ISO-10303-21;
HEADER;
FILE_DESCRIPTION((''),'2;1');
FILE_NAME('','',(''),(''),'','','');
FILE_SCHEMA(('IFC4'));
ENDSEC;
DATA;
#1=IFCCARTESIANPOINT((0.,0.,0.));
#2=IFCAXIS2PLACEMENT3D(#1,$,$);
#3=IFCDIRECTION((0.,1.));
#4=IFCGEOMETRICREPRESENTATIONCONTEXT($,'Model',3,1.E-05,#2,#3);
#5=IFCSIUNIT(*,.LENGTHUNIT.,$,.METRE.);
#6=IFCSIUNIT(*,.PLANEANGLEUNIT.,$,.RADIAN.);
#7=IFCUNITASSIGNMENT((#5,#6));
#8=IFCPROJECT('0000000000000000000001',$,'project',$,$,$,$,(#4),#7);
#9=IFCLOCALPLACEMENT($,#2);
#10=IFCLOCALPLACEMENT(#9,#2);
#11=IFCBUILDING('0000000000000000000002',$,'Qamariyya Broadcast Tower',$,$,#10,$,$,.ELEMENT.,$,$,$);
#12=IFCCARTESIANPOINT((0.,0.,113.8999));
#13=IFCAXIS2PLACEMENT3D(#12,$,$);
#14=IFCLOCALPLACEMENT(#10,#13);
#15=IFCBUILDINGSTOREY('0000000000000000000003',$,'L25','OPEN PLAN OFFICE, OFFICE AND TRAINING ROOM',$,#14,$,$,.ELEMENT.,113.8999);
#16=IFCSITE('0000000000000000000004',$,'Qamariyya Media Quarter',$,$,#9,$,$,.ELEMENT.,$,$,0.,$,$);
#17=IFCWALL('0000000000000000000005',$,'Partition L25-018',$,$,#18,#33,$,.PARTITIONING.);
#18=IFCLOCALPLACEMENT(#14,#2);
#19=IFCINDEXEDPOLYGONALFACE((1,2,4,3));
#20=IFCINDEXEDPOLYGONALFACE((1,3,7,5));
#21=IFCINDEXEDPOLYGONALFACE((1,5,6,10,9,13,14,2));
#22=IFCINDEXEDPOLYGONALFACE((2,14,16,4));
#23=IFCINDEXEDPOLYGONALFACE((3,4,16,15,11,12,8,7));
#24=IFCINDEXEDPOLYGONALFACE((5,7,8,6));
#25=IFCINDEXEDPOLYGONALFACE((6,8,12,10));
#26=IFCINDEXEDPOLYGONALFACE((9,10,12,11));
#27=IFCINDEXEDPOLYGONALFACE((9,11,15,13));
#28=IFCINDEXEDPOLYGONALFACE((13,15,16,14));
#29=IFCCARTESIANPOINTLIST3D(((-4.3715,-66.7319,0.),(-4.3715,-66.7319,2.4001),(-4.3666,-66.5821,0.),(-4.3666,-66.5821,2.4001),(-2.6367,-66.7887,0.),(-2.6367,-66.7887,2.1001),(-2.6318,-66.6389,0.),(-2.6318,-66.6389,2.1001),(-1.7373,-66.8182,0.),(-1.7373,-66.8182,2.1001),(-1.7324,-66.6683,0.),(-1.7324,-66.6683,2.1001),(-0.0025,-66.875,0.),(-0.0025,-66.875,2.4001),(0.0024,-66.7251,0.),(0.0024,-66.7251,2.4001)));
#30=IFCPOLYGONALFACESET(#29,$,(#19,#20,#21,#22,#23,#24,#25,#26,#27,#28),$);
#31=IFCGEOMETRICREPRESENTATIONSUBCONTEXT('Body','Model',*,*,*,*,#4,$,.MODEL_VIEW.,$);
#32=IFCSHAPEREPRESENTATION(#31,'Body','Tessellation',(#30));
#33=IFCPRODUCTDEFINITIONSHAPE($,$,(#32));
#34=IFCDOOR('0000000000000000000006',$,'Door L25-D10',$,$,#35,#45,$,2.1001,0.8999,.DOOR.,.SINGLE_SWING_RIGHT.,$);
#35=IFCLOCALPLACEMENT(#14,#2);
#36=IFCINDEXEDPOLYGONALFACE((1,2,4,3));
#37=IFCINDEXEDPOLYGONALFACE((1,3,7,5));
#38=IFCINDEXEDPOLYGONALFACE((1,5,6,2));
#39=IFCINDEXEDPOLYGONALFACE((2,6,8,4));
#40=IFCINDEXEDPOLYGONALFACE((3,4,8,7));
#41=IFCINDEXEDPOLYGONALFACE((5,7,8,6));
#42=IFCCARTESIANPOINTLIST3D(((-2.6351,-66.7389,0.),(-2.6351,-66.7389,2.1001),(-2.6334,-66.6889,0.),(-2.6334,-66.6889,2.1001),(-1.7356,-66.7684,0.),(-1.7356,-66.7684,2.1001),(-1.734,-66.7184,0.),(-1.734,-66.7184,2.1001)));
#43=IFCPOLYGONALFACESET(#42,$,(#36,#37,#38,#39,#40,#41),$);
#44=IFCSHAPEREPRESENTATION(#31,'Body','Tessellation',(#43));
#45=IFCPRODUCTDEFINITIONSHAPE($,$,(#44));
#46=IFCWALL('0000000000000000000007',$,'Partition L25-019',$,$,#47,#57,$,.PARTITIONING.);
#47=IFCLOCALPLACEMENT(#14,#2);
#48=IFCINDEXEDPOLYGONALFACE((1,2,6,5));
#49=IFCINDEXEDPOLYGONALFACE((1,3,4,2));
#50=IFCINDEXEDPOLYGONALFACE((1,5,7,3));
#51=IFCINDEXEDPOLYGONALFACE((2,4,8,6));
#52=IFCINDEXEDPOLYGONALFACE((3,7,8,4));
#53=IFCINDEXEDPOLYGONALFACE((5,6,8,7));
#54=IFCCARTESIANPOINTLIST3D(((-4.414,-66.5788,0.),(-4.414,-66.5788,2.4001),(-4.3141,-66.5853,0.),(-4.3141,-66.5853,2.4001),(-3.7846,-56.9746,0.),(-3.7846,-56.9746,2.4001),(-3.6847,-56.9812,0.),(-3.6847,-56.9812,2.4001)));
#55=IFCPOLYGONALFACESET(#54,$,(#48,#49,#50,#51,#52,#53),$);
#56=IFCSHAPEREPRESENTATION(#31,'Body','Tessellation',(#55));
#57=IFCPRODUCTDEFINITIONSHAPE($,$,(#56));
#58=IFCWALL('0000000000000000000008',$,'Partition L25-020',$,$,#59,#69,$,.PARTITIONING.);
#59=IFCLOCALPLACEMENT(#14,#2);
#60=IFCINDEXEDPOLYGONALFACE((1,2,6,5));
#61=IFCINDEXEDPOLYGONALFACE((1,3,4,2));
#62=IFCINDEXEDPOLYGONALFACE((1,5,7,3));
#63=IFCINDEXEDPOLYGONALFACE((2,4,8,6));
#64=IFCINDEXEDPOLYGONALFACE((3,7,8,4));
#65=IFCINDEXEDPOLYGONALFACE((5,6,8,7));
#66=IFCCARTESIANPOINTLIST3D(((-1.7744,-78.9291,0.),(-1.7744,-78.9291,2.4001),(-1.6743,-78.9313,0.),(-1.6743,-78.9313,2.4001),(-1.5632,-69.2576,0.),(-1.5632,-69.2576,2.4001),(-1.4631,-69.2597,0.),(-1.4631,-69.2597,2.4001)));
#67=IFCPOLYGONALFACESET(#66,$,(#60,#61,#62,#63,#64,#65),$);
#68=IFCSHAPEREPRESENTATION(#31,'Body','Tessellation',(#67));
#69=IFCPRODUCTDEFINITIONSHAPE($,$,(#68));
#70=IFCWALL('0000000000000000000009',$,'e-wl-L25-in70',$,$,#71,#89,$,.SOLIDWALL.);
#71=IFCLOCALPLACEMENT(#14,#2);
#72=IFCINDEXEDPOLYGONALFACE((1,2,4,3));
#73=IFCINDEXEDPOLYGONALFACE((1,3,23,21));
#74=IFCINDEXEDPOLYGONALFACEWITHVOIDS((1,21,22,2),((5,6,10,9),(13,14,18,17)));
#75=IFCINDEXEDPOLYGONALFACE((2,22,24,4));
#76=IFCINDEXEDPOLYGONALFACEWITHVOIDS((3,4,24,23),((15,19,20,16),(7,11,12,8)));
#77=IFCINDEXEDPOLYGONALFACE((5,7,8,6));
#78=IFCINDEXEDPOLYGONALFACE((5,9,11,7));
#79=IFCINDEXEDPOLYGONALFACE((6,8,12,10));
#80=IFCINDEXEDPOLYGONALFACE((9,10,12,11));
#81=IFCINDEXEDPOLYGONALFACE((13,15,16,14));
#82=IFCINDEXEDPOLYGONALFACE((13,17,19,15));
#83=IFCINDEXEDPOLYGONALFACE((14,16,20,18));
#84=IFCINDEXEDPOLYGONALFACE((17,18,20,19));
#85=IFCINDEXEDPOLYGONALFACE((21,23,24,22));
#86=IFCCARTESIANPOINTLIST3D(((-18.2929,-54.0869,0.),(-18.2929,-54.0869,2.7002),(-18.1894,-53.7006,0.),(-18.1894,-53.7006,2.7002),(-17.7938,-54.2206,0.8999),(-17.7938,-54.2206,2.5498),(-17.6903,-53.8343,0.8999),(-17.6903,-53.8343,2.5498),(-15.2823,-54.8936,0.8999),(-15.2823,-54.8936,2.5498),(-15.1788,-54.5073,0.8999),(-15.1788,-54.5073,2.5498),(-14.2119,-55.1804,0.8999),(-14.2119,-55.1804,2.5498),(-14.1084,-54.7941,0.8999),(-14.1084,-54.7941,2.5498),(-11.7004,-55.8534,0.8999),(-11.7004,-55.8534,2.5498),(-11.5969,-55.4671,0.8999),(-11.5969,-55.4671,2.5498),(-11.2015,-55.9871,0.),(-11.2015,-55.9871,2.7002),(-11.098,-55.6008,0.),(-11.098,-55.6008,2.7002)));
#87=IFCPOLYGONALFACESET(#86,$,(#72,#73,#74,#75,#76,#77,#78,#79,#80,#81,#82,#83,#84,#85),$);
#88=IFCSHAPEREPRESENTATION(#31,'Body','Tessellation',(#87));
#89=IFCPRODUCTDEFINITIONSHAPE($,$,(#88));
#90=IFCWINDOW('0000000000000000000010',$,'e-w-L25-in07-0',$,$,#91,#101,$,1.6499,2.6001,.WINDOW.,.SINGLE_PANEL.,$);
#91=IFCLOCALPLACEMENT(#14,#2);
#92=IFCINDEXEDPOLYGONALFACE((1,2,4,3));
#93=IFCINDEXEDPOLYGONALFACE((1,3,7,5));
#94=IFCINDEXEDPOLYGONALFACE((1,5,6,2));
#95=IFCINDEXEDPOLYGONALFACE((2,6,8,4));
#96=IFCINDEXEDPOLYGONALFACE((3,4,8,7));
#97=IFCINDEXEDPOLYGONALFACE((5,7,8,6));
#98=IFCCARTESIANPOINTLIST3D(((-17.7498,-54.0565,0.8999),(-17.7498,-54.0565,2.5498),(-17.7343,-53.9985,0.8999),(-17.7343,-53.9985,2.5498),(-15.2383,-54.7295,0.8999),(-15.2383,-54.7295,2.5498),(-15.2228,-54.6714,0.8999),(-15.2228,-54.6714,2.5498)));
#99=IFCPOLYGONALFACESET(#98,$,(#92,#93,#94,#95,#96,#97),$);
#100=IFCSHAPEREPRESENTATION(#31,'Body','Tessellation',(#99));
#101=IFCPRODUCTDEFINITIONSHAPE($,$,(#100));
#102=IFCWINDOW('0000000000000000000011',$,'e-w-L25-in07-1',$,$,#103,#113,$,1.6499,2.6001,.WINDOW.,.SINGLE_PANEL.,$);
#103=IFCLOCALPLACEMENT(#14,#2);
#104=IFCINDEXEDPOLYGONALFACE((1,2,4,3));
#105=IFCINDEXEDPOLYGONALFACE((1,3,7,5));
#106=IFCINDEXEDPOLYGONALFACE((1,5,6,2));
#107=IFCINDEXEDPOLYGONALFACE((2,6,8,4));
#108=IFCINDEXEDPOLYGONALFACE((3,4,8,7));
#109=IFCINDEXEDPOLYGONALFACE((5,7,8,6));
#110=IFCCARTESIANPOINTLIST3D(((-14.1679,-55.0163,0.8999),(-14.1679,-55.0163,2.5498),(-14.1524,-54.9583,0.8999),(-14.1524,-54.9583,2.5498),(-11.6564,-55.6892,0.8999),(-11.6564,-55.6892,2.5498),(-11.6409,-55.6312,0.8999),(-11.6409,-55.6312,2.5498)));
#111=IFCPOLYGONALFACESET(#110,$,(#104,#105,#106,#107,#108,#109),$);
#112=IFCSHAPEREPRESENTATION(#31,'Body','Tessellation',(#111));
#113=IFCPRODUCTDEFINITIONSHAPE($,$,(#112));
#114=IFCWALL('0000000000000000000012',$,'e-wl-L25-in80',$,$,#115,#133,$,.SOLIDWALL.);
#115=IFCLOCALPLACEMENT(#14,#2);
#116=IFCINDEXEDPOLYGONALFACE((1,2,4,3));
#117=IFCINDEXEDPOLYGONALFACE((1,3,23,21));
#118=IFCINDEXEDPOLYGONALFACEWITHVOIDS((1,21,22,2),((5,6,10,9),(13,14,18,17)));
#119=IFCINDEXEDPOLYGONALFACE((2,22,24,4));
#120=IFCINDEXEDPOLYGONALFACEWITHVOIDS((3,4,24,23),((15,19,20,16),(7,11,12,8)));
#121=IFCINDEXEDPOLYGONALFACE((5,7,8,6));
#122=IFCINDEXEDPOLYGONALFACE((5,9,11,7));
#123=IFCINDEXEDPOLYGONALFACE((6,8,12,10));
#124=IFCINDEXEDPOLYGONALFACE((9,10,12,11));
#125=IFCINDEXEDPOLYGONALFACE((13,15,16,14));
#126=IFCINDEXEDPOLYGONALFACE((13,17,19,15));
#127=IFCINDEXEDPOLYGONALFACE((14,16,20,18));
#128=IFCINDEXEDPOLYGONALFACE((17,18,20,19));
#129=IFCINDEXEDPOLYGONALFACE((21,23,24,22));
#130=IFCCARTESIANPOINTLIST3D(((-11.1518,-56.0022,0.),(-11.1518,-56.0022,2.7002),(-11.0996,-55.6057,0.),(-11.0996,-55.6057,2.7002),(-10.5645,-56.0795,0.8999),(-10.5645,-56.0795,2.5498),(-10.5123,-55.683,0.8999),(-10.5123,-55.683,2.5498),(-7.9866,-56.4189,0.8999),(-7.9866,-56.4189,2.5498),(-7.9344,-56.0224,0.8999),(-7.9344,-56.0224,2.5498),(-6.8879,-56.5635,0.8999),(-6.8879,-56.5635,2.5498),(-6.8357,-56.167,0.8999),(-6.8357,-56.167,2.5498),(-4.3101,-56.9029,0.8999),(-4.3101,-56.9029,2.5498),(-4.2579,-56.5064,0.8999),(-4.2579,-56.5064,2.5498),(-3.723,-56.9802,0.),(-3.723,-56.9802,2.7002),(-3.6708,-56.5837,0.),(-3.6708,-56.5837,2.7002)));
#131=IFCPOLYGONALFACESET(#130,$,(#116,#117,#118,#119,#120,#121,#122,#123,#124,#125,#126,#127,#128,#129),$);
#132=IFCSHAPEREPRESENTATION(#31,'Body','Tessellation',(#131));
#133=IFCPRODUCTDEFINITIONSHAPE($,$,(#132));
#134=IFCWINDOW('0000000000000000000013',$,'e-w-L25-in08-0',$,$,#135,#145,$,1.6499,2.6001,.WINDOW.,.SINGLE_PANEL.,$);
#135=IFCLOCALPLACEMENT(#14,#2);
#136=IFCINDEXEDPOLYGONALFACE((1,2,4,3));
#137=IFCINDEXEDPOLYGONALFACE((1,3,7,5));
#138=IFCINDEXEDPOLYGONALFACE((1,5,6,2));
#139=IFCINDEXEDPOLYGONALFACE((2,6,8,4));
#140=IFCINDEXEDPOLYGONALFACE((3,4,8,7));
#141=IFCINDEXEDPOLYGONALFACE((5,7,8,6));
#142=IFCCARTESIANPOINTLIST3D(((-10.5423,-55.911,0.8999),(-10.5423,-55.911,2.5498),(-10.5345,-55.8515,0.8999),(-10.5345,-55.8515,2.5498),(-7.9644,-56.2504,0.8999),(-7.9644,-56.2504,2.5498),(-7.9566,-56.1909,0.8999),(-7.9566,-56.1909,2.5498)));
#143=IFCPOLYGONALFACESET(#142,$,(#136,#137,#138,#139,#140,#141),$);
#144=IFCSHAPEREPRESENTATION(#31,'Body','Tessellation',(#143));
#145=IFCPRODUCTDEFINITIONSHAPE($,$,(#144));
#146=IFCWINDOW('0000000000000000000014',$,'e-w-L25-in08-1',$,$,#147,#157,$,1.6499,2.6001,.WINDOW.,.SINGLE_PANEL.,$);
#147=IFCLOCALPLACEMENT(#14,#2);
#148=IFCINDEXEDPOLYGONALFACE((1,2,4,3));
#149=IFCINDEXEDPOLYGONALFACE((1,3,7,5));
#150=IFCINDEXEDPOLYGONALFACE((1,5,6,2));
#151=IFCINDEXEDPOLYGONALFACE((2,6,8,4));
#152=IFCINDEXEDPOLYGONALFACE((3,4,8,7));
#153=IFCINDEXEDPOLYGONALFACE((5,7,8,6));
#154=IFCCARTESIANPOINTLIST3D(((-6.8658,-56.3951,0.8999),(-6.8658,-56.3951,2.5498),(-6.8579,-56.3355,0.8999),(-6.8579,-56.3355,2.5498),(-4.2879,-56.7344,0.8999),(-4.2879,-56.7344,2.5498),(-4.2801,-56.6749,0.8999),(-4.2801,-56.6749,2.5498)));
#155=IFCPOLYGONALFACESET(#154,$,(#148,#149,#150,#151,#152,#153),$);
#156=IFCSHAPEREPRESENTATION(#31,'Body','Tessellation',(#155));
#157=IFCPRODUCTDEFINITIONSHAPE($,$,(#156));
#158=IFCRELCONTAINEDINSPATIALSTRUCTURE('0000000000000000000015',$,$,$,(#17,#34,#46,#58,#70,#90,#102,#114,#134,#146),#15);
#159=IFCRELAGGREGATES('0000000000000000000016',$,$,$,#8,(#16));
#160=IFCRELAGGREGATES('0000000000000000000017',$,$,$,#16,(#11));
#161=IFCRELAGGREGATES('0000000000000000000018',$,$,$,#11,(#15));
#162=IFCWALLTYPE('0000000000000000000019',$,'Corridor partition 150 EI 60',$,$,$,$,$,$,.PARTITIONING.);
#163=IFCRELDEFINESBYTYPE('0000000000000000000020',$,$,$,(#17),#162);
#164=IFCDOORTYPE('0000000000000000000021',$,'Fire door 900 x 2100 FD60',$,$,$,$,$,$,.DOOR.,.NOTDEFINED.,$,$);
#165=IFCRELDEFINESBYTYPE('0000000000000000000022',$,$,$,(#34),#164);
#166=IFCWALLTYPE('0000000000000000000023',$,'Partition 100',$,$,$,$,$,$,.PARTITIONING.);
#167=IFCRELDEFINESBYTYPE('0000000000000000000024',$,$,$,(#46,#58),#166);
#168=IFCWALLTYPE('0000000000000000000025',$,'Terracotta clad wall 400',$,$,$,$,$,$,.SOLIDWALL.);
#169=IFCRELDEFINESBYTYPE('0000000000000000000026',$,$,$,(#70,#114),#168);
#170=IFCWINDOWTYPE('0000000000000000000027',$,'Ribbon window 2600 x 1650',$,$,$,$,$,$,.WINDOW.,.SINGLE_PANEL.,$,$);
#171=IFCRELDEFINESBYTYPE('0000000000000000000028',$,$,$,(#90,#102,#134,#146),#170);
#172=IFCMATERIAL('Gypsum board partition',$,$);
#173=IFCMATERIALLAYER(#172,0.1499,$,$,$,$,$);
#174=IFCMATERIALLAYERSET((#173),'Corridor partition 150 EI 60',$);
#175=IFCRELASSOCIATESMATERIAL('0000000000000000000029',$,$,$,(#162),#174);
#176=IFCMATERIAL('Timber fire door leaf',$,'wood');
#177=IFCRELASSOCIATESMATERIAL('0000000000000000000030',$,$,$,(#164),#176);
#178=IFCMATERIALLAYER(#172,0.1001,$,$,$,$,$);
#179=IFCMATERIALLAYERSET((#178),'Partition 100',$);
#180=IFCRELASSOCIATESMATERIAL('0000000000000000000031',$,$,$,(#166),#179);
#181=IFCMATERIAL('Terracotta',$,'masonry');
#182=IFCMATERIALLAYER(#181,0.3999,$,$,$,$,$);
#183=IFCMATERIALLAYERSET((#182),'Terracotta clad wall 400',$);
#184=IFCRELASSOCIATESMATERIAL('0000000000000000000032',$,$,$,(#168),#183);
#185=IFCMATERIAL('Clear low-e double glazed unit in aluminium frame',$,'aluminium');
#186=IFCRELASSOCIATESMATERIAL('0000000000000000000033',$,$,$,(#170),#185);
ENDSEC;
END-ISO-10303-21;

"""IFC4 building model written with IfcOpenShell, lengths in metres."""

from ifc_helpers import new_model, si_unit, direction, frame, frame_2d, origin, place, context, subcontext, project, spatial, rectangle, extrude, material, layer, layer_set, type_object, element, fill, save


model = new_model("IFC4")

# Units and contexts
model_context = context("Model", 3, precision=1e-05, world=origin(), true_north=direction((0.0, 1.0)))
body_context = subcontext(model_context, "Body", "Model", "MODEL_VIEW")
ifc_project = project(units=[si_unit("LENGTHUNIT", "METRE"), si_unit("PLANEANGLEUNIT", "RADIAN")], contexts=[model_context])

# Site, building, storey
site_placement = place(None, origin())
site = spatial("IfcSite", under=ifc_project, at=site_placement, Name="Qamariyya Media Quarter", CompositionType="ELEMENT", RefElevation=0.0)
building_placement = place(site_placement, origin())
building = spatial("IfcBuilding", under=site, at=building_placement, Name="Qamariyya Broadcast Tower", CompositionType="ELEMENT")
storey_placement = place(building_placement, frame((0.0, 0.0, 113.8999)))
storey = spatial("IfcBuildingStorey", under=building, at=storey_placement, Name="L25", Description="OPEN PLAN OFFICE, OFFICE AND TRAINING ROOM", CompositionType="ELEMENT", Elevation=113.8999)

# Wall, opening, door
ifc_material_1 = material(Name="Gypsum board partition")
ifc_layer_1 = layer(ifc_material_1, 0.1499)
ifc_layer_set_1 = layer_set([ifc_layer_1], Name="Corridor partition 150 EI 60")
wall_type_1 = type_object("IfcWallType", Name="Corridor partition 150 EI 60", PredefinedType="PARTITIONING", material=ifc_layer_set_1)
ifc_material_2 = material(Name="Timber fire door leaf", Category="wood")
wall_1_placement = place(storey_placement, frame((-4.3689, -66.657, 0.0), z_axis=(0.0, 0.0, 1.0), x_axis=(0.999464, -0.032729, 0.0)))
wall_1 = element("IfcWall", 1, at=wall_1_placement, inside=storey, type_object=wall_type_1, Name="Partition L25-018", PredefinedType="PARTITIONING", context=body_context, shape_type="SweptSolid", body=[
    extrude(rectangle(XDim=4.3713, YDim=0.1499, at=frame_2d((2.1855, 0.0))), origin(), (0.0, 0.0, 1.0), 2.4001),
])
opening_1_placement = place(wall_1_placement, frame((1.7356, 0.0, 0.0)))
opening_1 = element("IfcOpeningElement", 2, at=opening_1_placement, cuts=wall_1, PredefinedType="OPENING", context=body_context, shape_type="SweptSolid", body=[
    extrude(rectangle(XDim=0.8999, YDim=2.1001, at=frame_2d((0.45, 1.05))), frame((0.0, 0.085, 0.0), z_axis=(0.0, -1.0, 0.0), x_axis=(1.0, 0.0, 0.0)), (0.0, 0.0, 1.0), 0.1699),
])
door_type_1 = type_object("IfcDoorType", Name="Fire door 900 x 2100 FD60", OperationType="NOTDEFINED", PredefinedType="DOOR", material=ifc_material_2)
door_1_placement = place(opening_1_placement, origin())
door_1 = element("IfcDoor", 3, at=door_1_placement, inside=storey, type_object=door_type_1, Name="Door L25-D10", OperationType="SINGLE_SWING_RIGHT", OverallHeight=2.1001, OverallWidth=0.8999, PredefinedType="DOOR", context=body_context, shape_type="SweptSolid", body=[
    extrude(rectangle(XDim=0.8999, YDim=2.1001, at=frame_2d((0.45, 1.05))), frame((0.0, 0.0249, 0.0), z_axis=(0.0, -1.0, 0.0), x_axis=(1.0, 0.0, 0.0)), (0.0, 0.0, 1.0), 0.05),
])
fill(opening_1, door_1)

# Walls
ifc_layer_2 = layer(ifc_material_1, 0.1001)
ifc_layer_set_2 = layer_set([ifc_layer_2], Name="Partition 100")
wall_type_2 = type_object("IfcWallType", Name="Partition 100", PredefinedType="PARTITIONING", material=ifc_layer_set_2)
wall_2_placement = place(storey_placement, frame((-3.7346, -56.9778, 0.0), z_axis=(0.0, 0.0, 1.0), x_axis=(-0.065393, -0.99786, 0.0)))
element("IfcWall", 4, at=wall_2_placement, inside=storey, type_object=wall_type_2, Name="Partition L25-019", PredefinedType="PARTITIONING", context=body_context, shape_type="SweptSolid", body=[
    extrude(rectangle(XDim=9.6248, YDim=0.1001, at=frame_2d((4.8125, 0.0))), origin(), (0.0, 0.0, 1.0), 2.4001),
])
wall_3_placement = place(storey_placement, frame((-1.7244, -78.9302, 0.0), z_axis=(0.0, 0.0, 1.0), x_axis=(0.02183, 0.999762, 0.0)))
element("IfcWall", 5, at=wall_3_placement, inside=storey, type_object=wall_type_2, Name="Partition L25-020", PredefinedType="PARTITIONING", context=body_context, shape_type="SweptSolid", body=[
    extrude(rectangle(XDim=9.6738, YDim=0.1001, at=frame_2d((4.8369, 0.0))), origin(), (0.0, 0.0, 1.0), 2.4001),
])

# Walls, openings, windows
ifc_material_3 = material(Name="Terracotta", Category="masonry")
ifc_layer_3 = layer(ifc_material_3, 0.3999)
ifc_layer_set_3 = layer_set([ifc_layer_3], Name="Terracotta clad wall 400")
wall_type_3 = type_object("IfcWallType", Name="Terracotta clad wall 400", PredefinedType="SOLIDWALL", material=ifc_layer_set_3)
wall_4_placement = place(storey_placement, frame((-11.1497, -55.7939, 0.0), z_axis=(0.0, 0.0, 1.0), x_axis=(-0.965925, 0.258824, 0.0)))
wall_4 = element("IfcWall", 6, at=wall_4_placement, inside=storey, type_object=wall_type_3, Name="e-wl-L25-in70", PredefinedType="SOLIDWALL", context=body_context, shape_type="SweptSolid", body=[
    extrude(rectangle(XDim=7.3416, YDim=0.3999, at=frame_2d((3.6709, 0.0))), origin(), (0.0, 0.0, 1.0), 2.7002),
])
opening_2_placement = place(wall_4_placement, frame((4.2249, 0.0, 0.8999)))
opening_2 = element("IfcOpeningElement", 7, at=opening_2_placement, cuts=wall_4, PredefinedType="OPENING", context=body_context, shape_type="SweptSolid", body=[
    extrude(rectangle(XDim=2.6001, YDim=1.6499, at=frame_2d((1.3, 0.825))), frame((0.0, 0.21, 0.0), z_axis=(0.0, -1.0, 0.0), x_axis=(1.0, 0.0, 0.0)), (0.0, 0.0, 1.0), 0.4199),
])
opening_3_placement = place(wall_4_placement, frame((0.5166, 0.0, 0.8999)))
opening_3 = element("IfcOpeningElement", 8, at=opening_3_placement, cuts=wall_4, PredefinedType="OPENING", context=body_context, shape_type="SweptSolid", body=[
    extrude(rectangle(XDim=2.6001, YDim=1.6499, at=frame_2d((1.3, 0.825))), frame((0.0, 0.21, 0.0), z_axis=(0.0, -1.0, 0.0), x_axis=(1.0, 0.0, 0.0)), (0.0, 0.0, 1.0), 0.4199),
])
ifc_material_4 = material(Name="Clear low-e double glazed unit in aluminium frame", Category="aluminium")
window_type = type_object("IfcWindowType", Name="Ribbon window 2600 x 1650", PartitioningType="SINGLE_PANEL", PredefinedType="WINDOW", material=ifc_material_4)
window_1_placement = place(opening_2_placement, origin())
window_1 = element("IfcWindow", 9, at=window_1_placement, inside=storey, type_object=window_type, Name="e-w-L25-in07-0", OverallHeight=1.6499, OverallWidth=2.6001, PartitioningType="SINGLE_PANEL", PredefinedType="WINDOW", context=body_context, shape_type="SweptSolid", body=[
    extrude(rectangle(XDim=2.6001, YDim=1.6499, at=frame_2d((1.3, 0.825))), frame((0.0, 0.03, 0.0), z_axis=(0.0, -1.0, 0.0), x_axis=(1.0, 0.0, 0.0)), (0.0, 0.0, 1.0), 0.0601),
])
fill(opening_2, window_1)
window_2_placement = place(opening_3_placement, origin())
window_2 = element("IfcWindow", 10, at=window_2_placement, inside=storey, type_object=window_type, Name="e-w-L25-in07-1", OverallHeight=1.6499, OverallWidth=2.6001, PartitioningType="SINGLE_PANEL", PredefinedType="WINDOW", context=body_context, shape_type="SweptSolid", body=[
    extrude(rectangle(XDim=2.6001, YDim=1.6499, at=frame_2d((1.3, 0.825))), frame((0.0, 0.03, 0.0), z_axis=(0.0, -1.0, 0.0), x_axis=(1.0, 0.0, 0.0)), (0.0, 0.0, 1.0), 0.0601),
])
fill(opening_3, window_2)
wall_5_placement = place(storey_placement, frame((-3.6968, -56.782, 0.0), z_axis=(0.0, 0.0, 1.0), x_axis=(-0.991445, 0.130529, 0.0)))
wall_5 = element("IfcWall", 11, at=wall_5_placement, inside=storey, type_object=wall_type_3, Name="e-wl-L25-in80", PredefinedType="SOLIDWALL", context=body_context, shape_type="SweptSolid", body=[
    extrude(rectangle(XDim=7.4929, YDim=0.3999, at=frame_2d((3.7466, 0.0))), origin(), (0.0, 0.0, 1.0), 2.7002),
])
opening_4_placement = place(wall_5_placement, frame((4.3005, 0.0, 0.8999)))
opening_4 = element("IfcOpeningElement", 12, at=opening_4_placement, cuts=wall_5, PredefinedType="OPENING", context=body_context, shape_type="SweptSolid", body=[
    extrude(rectangle(XDim=2.6001, YDim=1.6499, at=frame_2d((1.3, 0.825))), frame((0.0, 0.21, 0.0), z_axis=(0.0, -1.0, 0.0), x_axis=(1.0, 0.0, 0.0)), (0.0, 0.0, 1.0), 0.4199),
])
opening_5_placement = place(wall_5_placement, frame((0.5923, 0.0, 0.8999)))
opening_5 = element("IfcOpeningElement", 13, at=opening_5_placement, cuts=wall_5, PredefinedType="OPENING", context=body_context, shape_type="SweptSolid", body=[
    extrude(rectangle(XDim=2.6001, YDim=1.6499, at=frame_2d((1.3, 0.825))), frame((0.0, 0.21, 0.0), z_axis=(0.0, -1.0, 0.0), x_axis=(1.0, 0.0, 0.0)), (0.0, 0.0, 1.0), 0.4199),
])
window_3_placement = place(opening_4_placement, origin())
window_3 = element("IfcWindow", 14, at=window_3_placement, inside=storey, type_object=window_type, Name="e-w-L25-in08-0", OverallHeight=1.6499, OverallWidth=2.6001, PartitioningType="SINGLE_PANEL", PredefinedType="WINDOW", context=body_context, shape_type="SweptSolid", body=[
    extrude(rectangle(XDim=2.6001, YDim=1.6499, at=frame_2d((1.3, 0.825))), frame((0.0, 0.03, 0.0), z_axis=(0.0, -1.0, 0.0), x_axis=(1.0, 0.0, 0.0)), (0.0, 0.0, 1.0), 0.0601),
])
fill(opening_4, window_3)
window_4_placement = place(opening_5_placement, origin())
window_4 = element("IfcWindow", 15, at=window_4_placement, inside=storey, type_object=window_type, Name="e-w-L25-in08-1", OverallHeight=1.6499, OverallWidth=2.6001, PartitioningType="SINGLE_PANEL", PredefinedType="WINDOW", context=body_context, shape_type="SweptSolid", body=[
    extrude(rectangle(XDim=2.6001, YDim=1.6499, at=frame_2d((1.3, 0.825))), frame((0.0, 0.03, 0.0), z_axis=(0.0, -1.0, 0.0), x_axis=(1.0, 0.0, 0.0)), (0.0, 0.0, 1.0), 0.0601),
])
fill(opening_5, window_4)

save(model, "model.ifc")
